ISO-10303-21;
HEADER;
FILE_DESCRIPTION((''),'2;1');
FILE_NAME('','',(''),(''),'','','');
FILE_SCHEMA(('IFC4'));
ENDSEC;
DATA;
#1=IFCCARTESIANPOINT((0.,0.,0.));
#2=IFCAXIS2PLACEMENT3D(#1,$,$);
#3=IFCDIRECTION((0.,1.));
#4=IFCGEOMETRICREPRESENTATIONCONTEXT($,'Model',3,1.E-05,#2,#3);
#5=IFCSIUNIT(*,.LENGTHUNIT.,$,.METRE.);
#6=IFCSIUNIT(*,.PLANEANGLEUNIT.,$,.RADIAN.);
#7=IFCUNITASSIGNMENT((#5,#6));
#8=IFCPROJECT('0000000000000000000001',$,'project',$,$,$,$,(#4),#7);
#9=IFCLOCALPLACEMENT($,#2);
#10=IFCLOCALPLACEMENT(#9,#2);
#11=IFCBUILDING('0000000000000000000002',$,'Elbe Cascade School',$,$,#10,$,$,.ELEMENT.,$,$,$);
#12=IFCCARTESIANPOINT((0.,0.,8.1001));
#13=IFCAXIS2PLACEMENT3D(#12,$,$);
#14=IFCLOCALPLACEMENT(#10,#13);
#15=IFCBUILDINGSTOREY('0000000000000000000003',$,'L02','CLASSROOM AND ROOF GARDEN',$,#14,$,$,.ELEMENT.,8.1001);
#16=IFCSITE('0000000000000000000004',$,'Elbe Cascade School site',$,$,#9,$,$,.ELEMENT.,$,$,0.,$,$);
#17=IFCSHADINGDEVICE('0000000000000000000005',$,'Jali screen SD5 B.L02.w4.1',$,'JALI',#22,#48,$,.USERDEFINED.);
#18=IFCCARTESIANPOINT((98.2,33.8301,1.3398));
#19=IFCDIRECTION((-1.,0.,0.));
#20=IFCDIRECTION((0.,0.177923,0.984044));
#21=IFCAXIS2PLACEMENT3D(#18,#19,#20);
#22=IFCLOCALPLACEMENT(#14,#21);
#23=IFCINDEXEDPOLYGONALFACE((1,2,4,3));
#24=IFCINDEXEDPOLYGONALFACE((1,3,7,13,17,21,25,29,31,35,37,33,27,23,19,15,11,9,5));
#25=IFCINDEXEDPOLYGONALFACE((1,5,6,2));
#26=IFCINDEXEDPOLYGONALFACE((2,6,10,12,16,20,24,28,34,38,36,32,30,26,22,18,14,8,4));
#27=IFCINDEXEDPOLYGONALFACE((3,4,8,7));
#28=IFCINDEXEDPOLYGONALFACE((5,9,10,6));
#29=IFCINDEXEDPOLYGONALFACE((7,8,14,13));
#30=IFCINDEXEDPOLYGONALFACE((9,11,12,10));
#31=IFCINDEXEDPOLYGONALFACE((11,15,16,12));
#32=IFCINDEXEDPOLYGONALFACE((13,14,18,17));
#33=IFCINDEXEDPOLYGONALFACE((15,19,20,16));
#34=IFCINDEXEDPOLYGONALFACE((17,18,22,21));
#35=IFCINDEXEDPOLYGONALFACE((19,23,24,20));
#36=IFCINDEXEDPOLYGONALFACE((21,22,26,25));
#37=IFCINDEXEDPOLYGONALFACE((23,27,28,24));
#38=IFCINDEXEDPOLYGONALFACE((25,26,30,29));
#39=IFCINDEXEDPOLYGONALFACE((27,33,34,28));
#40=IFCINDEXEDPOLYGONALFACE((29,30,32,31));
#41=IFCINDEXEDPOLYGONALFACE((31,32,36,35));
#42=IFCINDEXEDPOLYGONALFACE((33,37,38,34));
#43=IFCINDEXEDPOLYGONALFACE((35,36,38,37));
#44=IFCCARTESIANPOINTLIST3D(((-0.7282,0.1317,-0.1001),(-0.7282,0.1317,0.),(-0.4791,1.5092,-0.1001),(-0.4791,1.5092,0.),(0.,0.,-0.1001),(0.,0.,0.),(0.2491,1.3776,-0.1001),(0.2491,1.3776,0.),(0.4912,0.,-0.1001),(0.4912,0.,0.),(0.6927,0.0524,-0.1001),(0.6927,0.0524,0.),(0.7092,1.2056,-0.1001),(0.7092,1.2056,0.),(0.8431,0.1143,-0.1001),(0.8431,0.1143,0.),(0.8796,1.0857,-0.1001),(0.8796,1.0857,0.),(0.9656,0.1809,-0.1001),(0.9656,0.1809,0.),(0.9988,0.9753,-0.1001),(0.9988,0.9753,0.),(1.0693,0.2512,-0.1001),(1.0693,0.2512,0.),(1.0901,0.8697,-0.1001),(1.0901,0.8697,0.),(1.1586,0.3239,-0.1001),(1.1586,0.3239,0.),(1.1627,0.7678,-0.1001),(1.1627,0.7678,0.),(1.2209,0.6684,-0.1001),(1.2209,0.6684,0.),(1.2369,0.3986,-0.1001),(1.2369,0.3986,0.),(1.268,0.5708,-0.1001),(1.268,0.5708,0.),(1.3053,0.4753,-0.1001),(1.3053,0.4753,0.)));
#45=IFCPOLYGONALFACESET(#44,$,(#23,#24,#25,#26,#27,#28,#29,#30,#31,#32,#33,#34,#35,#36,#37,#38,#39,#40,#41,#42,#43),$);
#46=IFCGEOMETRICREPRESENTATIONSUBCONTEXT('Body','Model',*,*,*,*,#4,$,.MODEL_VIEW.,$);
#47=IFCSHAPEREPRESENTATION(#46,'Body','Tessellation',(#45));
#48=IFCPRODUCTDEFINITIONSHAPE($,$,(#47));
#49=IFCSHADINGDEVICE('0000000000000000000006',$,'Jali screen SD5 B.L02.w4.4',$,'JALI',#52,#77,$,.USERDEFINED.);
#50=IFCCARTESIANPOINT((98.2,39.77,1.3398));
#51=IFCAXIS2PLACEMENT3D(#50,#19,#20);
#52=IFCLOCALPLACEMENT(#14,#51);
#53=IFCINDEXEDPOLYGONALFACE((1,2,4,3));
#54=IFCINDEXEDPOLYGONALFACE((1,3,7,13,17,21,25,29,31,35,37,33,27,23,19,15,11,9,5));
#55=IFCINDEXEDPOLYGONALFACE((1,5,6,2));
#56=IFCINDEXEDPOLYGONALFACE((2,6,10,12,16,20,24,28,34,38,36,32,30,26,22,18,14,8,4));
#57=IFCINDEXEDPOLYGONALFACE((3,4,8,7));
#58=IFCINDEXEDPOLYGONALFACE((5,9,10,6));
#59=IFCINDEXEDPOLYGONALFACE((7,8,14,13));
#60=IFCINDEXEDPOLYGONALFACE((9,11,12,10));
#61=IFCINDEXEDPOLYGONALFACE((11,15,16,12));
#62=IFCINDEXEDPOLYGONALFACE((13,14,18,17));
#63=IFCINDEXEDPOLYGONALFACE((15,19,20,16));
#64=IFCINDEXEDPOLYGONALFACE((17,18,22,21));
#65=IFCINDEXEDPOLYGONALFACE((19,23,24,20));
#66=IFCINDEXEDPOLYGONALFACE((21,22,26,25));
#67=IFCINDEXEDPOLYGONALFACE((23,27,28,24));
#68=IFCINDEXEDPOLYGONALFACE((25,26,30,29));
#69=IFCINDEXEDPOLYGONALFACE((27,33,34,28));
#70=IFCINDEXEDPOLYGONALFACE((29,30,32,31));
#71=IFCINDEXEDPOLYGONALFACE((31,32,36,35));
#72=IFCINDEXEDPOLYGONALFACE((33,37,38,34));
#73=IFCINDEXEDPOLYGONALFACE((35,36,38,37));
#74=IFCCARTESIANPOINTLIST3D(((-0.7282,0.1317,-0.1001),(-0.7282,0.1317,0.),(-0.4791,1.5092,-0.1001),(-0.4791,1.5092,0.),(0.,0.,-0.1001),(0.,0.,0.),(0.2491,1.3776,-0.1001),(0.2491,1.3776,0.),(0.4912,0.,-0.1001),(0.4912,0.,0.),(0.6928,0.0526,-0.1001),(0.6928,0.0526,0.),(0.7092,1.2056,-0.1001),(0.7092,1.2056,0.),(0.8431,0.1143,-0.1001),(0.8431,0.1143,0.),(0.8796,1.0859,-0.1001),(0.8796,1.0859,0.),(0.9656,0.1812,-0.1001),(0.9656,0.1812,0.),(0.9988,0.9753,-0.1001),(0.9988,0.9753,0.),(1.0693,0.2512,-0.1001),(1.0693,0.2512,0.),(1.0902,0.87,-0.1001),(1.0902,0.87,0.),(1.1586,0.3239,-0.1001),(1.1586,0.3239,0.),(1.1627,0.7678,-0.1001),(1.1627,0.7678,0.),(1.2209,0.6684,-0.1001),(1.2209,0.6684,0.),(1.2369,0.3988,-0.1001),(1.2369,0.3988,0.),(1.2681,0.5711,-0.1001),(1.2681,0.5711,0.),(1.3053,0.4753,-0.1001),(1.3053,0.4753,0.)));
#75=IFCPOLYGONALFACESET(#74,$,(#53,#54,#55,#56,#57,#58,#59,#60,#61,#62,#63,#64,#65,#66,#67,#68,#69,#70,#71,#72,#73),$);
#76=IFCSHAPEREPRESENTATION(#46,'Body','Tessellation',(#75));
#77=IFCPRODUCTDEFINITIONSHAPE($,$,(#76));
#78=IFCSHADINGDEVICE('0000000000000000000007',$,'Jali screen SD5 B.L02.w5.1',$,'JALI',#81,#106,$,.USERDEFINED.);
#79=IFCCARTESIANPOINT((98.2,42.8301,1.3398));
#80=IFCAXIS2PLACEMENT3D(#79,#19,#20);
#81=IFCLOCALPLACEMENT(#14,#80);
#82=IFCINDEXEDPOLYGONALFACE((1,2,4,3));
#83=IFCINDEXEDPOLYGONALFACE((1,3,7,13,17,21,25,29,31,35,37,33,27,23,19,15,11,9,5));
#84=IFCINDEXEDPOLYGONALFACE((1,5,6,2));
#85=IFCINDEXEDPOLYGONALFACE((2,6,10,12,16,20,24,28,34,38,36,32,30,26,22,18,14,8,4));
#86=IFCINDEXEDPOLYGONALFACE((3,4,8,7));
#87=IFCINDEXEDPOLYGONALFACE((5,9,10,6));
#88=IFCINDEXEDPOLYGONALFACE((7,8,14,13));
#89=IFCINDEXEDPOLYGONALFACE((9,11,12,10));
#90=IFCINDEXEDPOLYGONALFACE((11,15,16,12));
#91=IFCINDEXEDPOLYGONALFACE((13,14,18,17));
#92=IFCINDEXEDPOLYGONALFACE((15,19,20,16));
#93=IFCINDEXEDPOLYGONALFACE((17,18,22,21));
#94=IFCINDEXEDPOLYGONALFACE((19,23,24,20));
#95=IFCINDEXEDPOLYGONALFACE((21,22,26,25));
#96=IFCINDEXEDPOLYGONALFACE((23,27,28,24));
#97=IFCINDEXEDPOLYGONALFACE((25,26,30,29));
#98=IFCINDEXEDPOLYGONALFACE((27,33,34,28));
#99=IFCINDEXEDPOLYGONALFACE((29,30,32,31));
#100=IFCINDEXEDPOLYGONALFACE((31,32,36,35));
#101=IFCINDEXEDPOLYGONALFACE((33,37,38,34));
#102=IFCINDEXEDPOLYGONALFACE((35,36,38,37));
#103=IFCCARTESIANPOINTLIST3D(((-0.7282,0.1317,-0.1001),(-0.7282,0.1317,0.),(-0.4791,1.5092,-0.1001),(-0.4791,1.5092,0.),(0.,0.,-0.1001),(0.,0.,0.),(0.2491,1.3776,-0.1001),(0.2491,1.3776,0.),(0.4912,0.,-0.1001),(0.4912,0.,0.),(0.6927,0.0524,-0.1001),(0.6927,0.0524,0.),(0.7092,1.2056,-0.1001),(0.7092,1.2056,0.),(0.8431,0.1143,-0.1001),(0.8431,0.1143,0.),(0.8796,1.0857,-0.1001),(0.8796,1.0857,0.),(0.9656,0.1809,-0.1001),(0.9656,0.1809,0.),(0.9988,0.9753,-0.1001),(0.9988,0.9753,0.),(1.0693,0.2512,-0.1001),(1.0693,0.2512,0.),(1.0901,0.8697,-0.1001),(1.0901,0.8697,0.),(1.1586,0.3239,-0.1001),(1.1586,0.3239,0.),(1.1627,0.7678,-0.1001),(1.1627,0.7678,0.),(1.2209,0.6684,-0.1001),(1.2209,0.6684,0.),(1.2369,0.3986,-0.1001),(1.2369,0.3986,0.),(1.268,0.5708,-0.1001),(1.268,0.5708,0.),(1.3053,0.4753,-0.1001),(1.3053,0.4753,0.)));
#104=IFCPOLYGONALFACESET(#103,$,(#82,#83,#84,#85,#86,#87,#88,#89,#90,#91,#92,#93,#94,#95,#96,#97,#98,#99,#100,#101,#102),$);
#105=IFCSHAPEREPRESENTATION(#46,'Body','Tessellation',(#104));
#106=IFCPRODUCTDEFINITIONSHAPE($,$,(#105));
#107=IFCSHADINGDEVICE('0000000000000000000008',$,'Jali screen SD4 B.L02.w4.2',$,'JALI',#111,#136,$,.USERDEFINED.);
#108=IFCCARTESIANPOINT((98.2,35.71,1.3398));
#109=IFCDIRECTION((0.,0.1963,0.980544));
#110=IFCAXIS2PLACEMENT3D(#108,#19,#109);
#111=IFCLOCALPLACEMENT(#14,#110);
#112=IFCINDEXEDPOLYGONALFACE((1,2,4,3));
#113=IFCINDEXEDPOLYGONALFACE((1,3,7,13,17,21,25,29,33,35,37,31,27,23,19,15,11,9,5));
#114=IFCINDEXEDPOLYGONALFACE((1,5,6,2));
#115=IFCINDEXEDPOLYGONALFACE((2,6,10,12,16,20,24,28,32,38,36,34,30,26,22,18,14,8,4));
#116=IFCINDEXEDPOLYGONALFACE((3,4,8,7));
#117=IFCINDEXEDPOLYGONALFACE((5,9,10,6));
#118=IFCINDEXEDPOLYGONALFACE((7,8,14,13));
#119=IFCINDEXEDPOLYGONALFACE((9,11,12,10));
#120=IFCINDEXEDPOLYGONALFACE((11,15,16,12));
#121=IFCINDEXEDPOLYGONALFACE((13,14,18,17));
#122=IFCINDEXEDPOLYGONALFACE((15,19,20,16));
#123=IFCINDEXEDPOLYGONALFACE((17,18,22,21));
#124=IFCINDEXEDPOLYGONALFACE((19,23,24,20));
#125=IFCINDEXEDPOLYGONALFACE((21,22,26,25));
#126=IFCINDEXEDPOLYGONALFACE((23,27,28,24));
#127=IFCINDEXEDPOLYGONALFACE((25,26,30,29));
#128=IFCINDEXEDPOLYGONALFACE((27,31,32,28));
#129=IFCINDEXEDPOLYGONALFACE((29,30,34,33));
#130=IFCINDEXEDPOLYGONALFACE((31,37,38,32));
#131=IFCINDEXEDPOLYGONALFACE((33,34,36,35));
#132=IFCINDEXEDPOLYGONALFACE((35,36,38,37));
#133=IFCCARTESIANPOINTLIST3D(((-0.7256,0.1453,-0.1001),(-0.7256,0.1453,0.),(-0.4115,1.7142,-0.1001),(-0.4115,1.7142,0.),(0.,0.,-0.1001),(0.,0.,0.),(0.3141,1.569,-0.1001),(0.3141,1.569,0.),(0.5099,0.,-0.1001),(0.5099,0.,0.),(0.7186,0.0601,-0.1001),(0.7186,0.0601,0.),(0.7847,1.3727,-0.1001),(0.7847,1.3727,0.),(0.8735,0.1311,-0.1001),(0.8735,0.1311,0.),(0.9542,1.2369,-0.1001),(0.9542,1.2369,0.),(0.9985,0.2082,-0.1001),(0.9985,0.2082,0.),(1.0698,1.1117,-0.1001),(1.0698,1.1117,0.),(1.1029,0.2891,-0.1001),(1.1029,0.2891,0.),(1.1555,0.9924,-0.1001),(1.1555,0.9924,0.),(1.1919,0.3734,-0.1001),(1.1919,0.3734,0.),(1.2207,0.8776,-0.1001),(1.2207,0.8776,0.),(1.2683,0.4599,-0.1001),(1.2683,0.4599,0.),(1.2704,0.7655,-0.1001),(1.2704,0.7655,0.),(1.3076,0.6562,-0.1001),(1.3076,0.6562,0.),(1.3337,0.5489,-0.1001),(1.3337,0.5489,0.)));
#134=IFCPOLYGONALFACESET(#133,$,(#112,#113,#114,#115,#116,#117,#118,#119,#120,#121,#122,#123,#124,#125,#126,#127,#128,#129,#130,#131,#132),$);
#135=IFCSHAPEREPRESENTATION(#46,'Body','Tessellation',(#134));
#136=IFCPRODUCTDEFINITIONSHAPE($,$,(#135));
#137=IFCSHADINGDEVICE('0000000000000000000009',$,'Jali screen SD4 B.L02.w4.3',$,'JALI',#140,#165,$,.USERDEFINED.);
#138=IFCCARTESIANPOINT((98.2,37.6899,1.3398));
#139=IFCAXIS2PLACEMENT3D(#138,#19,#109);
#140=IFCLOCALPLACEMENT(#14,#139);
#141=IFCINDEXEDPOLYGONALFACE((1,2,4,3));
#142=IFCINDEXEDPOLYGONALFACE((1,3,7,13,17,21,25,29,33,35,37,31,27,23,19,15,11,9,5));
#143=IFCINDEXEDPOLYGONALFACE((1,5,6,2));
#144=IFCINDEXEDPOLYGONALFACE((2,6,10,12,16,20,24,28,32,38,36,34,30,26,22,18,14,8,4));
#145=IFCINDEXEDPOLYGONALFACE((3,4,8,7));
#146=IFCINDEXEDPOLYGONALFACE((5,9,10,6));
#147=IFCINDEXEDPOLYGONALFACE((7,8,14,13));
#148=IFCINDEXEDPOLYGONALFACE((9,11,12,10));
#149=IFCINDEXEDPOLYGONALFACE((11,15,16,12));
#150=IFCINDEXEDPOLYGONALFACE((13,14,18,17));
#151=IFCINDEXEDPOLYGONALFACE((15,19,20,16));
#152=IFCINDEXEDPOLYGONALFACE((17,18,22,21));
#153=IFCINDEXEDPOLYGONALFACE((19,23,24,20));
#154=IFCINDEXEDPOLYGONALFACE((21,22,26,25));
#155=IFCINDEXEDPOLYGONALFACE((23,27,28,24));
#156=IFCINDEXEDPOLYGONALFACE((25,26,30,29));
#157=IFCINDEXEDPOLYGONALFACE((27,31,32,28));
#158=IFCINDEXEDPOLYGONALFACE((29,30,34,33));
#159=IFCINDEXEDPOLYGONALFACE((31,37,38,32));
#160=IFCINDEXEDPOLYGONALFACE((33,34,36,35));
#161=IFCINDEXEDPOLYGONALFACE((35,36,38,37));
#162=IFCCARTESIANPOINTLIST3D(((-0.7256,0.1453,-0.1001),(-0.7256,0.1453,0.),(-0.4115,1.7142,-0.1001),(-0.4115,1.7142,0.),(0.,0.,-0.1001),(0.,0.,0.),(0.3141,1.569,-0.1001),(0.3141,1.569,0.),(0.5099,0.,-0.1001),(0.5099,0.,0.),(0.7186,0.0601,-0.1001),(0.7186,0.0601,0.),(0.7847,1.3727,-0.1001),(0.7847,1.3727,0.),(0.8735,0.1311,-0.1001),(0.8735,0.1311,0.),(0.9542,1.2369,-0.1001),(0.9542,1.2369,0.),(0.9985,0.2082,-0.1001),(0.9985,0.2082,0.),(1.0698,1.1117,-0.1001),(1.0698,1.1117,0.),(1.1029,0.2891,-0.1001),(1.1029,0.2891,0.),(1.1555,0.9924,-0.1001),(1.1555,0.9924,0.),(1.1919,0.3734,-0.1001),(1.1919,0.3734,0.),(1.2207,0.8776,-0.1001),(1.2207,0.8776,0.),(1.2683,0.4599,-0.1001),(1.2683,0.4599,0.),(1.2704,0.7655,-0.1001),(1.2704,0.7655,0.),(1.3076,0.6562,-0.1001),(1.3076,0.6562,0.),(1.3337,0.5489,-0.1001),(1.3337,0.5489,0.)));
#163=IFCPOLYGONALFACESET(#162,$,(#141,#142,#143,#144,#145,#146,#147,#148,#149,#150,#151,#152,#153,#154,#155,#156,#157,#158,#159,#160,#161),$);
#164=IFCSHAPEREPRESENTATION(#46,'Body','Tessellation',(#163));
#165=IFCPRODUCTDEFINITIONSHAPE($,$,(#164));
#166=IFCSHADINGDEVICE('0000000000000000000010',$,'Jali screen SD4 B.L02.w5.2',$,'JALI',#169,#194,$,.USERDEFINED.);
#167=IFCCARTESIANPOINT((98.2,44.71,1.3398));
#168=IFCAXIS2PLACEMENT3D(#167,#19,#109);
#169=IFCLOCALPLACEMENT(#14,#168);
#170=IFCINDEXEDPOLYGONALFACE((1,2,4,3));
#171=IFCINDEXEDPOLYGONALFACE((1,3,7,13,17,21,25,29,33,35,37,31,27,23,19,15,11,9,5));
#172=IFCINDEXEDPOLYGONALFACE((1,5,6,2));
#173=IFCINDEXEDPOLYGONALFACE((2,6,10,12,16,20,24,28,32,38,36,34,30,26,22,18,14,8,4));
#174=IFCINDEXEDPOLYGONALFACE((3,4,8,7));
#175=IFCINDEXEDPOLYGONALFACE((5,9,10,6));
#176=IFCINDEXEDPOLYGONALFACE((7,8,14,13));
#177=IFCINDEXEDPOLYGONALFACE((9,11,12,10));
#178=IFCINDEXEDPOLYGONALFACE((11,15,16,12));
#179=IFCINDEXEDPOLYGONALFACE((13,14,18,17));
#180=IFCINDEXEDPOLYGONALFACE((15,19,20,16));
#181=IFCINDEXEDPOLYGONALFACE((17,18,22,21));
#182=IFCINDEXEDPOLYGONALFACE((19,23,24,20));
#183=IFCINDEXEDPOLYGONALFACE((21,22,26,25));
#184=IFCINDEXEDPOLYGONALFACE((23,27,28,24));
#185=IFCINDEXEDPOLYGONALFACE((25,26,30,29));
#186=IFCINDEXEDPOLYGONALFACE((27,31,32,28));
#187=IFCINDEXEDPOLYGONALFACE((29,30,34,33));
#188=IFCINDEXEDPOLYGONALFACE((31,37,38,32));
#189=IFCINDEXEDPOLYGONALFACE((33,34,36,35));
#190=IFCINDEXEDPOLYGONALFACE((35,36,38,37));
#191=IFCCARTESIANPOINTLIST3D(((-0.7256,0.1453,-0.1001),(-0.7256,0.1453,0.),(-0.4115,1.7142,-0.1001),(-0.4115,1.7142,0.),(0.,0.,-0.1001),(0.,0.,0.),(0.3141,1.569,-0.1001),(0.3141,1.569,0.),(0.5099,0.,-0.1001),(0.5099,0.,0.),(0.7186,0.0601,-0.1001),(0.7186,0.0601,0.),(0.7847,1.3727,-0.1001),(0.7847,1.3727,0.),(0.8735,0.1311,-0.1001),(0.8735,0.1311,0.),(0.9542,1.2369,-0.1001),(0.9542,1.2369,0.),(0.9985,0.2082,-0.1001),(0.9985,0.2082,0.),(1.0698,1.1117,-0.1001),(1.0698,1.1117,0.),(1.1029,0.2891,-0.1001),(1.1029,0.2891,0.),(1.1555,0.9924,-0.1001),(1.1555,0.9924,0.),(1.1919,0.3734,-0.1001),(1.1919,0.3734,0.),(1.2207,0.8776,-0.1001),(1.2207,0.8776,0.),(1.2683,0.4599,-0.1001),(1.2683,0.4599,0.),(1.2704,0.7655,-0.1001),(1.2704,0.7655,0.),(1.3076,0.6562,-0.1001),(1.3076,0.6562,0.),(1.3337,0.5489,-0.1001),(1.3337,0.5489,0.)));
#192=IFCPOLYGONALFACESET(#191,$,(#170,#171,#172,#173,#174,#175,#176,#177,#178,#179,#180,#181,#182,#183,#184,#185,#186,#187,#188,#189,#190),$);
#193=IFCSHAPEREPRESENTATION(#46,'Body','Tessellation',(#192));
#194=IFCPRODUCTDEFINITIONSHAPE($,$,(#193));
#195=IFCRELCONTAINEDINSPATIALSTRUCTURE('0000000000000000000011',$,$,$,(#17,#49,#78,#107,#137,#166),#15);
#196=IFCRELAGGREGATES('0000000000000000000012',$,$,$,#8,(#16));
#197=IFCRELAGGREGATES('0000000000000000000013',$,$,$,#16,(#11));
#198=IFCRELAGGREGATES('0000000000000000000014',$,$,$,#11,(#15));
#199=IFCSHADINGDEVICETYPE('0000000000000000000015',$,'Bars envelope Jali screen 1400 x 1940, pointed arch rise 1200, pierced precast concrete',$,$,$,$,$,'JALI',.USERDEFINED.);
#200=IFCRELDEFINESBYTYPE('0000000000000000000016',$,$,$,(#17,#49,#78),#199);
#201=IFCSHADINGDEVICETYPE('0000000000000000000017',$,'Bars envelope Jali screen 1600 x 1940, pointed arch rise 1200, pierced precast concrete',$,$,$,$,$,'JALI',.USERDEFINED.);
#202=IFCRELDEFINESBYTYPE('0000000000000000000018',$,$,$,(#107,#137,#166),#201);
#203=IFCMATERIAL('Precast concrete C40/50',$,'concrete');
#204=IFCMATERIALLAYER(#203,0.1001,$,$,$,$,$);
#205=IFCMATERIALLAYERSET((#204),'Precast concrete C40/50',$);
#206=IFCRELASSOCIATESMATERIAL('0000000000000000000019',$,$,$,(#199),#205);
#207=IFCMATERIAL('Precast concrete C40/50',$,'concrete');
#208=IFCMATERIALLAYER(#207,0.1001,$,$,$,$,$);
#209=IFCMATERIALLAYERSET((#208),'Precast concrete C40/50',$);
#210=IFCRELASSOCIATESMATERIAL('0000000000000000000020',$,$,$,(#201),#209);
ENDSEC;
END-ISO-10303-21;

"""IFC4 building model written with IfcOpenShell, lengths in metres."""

from ifc_helpers import new_model, si_unit, direction, frame, origin, place, context, subcontext, project, spatial, polyline, outline, extrude, material, layer, layer_set, type_object, element, save


model = new_model("IFC4")

# Units and contexts
model_context = context("Model", 3, precision=1e-05, world=origin(), true_north=direction((0.0, 1.0)))
body_context = subcontext(model_context, "Body", "Model", "MODEL_VIEW")
ifc_project = project(units=[si_unit("LENGTHUNIT", "METRE"), si_unit("PLANEANGLEUNIT", "RADIAN")], contexts=[model_context])

# Site, building, storey
site_placement = place(None, origin())
site = spatial("IfcSite", under=ifc_project, at=site_placement, Name="Elbe Cascade School site", CompositionType="ELEMENT", RefElevation=0.0)
building_placement = place(site_placement, origin())
building = spatial("IfcBuilding", under=site, at=building_placement, Name="Elbe Cascade School", CompositionType="ELEMENT")
storey_placement = place(building_placement, frame((0.0, 0.0, 8.1001)))
storey = spatial("IfcBuildingStorey", under=building, at=storey_placement, Name="L02", Description="CLASSROOM AND ROOF GARDEN", CompositionType="ELEMENT", Elevation=8.1001)

# Shading devices
ifc_material_1 = material(Name="Precast concrete C40/50", Category="concrete")
ifc_layer_1 = layer(ifc_material_1, 0.1001)
ifc_layer_set_1 = layer_set([ifc_layer_1], Name="Precast concrete C40/50")
shading_device_type_1 = type_object("IfcShadingDeviceType", Name="Bars envelope Jali screen 1400 x 1940, pointed arch rise 1200, pierced precast concrete", ElementType="JALI", PredefinedType="USERDEFINED", material=ifc_layer_set_1)
shading_device_1_placement = place(storey_placement, frame((98.2, 33.8301, 1.3398), z_axis=(-1.0, 0.0, 0.0), x_axis=(0.0, 0.177923, 0.984044)))
element("IfcShadingDevice", 1, at=shading_device_1_placement, inside=storey, type_object=shading_device_type_1, Name="Jali screen SD5 B.L02.w4.1", ObjectType="JALI", PredefinedType="USERDEFINED", context=body_context, shape_type="SweptSolid", body=[
    extrude(outline(polyline([(0.0, 0.0), (0.4912, 0.0), (0.6927, 0.0524), (0.8431, 0.1143), (0.9656, 0.1809), (1.0693, 0.2512), (1.1586, 0.3239), (1.2369, 0.3986), (1.3053, 0.4753), (1.268, 0.5708), (1.2209, 0.6684), (1.1627, 0.7678), (1.0901, 0.8697), (0.9988, 0.9753), (0.8796, 1.0857), (0.7092, 1.2056), (0.2491, 1.3776), (-0.4791, 1.5092), (-0.7282, 0.1317), (0.0, 0.0)])), origin(), (0.0, 0.0, -1.0), 0.1001),
])
shading_device_2_placement = place(storey_placement, frame((98.2, 39.77, 1.3398), z_axis=(-1.0, 0.0, 0.0), x_axis=(0.0, 0.177923, 0.984044)))
element("IfcShadingDevice", 2, at=shading_device_2_placement, inside=storey, type_object=shading_device_type_1, Name="Jali screen SD5 B.L02.w4.4", ObjectType="JALI", PredefinedType="USERDEFINED", context=body_context, shape_type="SweptSolid", body=[
    extrude(outline(polyline([(0.0, 0.0), (0.4912, 0.0), (0.6928, 0.0526), (0.8431, 0.1143), (0.9656, 0.1812), (1.0693, 0.2512), (1.1586, 0.3239), (1.2369, 0.3988), (1.3053, 0.4753), (1.2681, 0.5711), (1.2209, 0.6684), (1.1627, 0.7678), (1.0902, 0.87), (0.9988, 0.9753), (0.8796, 1.0859), (0.7092, 1.2056), (0.2491, 1.3776), (-0.4791, 1.5092), (-0.7282, 0.1317), (0.0, 0.0)])), origin(), (0.0, 0.0, -1.0), 0.1001),
])
shading_device_3_placement = place(storey_placement, frame((98.2, 42.8301, 1.3398), z_axis=(-1.0, 0.0, 0.0), x_axis=(0.0, 0.177923, 0.984044)))
element("IfcShadingDevice", 3, at=shading_device_3_placement, inside=storey, type_object=shading_device_type_1, Name="Jali screen SD5 B.L02.w5.1", ObjectType="JALI", PredefinedType="USERDEFINED", context=body_context, shape_type="SweptSolid", body=[
    extrude(outline(polyline([(0.0, 0.0), (0.4912, 0.0), (0.6927, 0.0524), (0.8431, 0.1143), (0.9656, 0.1809), (1.0693, 0.2512), (1.1586, 0.3239), (1.2369, 0.3986), (1.3053, 0.4753), (1.268, 0.5708), (1.2209, 0.6684), (1.1627, 0.7678), (1.0901, 0.8697), (0.9988, 0.9753), (0.8796, 1.0857), (0.7092, 1.2056), (0.2491, 1.3776), (-0.4791, 1.5092), (-0.7282, 0.1317), (0.0, 0.0)])), origin(), (0.0, 0.0, -1.0), 0.1001),
])
ifc_material_2 = material(Name="Precast concrete C40/50", Category="concrete")
ifc_layer_2 = layer(ifc_material_2, 0.1001)
ifc_layer_set_2 = layer_set([ifc_layer_2], Name="Precast concrete C40/50")
shading_device_type_2 = type_object("IfcShadingDeviceType", Name="Bars envelope Jali screen 1600 x 1940, pointed arch rise 1200, pierced precast concrete", ElementType="JALI", PredefinedType="USERDEFINED", material=ifc_layer_set_2)
for number, where, z_axis, x_axis, name in (
    (4, (98.2, 35.71, 1.3398), (-1.0, 0.0, 0.0), (0.0, 0.1963, 0.980544), "Jali screen SD4 B.L02.w4.2"),
    (5, (98.2, 37.6899, 1.3398), (-1.0, 0.0, 0.0), (0.0, 0.1963, 0.980544), "Jali screen SD4 B.L02.w4.3"),
    (6, (98.2, 44.71, 1.3398), (-1.0, 0.0, 0.0), (0.0, 0.1963, 0.980544), "Jali screen SD4 B.L02.w5.2"),
):
    element("IfcShadingDevice", number, at=place(storey_placement, frame(where, z_axis=z_axis, x_axis=x_axis)), inside=storey, type_object=shading_device_type_2, Name=name, ObjectType="JALI", PredefinedType="USERDEFINED", context=body_context, shape_type="SweptSolid", body=[
        extrude(outline(polyline([(0.0, 0.0), (0.5099, 0.0), (0.7186, 0.0601), (0.8735, 0.1311), (0.9985, 0.2082), (1.1029, 0.2891), (1.1919, 0.3734), (1.2683, 0.4599), (1.3337, 0.5489), (1.3076, 0.6562), (1.2704, 0.7655), (1.2207, 0.8776), (1.1555, 0.9924), (1.0698, 1.1117), (0.9542, 1.2369), (0.7847, 1.3727), (0.3141, 1.569), (-0.4115, 1.7142), (-0.7256, 0.1453), (0.0, 0.0)])), origin(), (0.0, 0.0, -1.0), 0.1001),
    ])

save(model, "model.ifc")
